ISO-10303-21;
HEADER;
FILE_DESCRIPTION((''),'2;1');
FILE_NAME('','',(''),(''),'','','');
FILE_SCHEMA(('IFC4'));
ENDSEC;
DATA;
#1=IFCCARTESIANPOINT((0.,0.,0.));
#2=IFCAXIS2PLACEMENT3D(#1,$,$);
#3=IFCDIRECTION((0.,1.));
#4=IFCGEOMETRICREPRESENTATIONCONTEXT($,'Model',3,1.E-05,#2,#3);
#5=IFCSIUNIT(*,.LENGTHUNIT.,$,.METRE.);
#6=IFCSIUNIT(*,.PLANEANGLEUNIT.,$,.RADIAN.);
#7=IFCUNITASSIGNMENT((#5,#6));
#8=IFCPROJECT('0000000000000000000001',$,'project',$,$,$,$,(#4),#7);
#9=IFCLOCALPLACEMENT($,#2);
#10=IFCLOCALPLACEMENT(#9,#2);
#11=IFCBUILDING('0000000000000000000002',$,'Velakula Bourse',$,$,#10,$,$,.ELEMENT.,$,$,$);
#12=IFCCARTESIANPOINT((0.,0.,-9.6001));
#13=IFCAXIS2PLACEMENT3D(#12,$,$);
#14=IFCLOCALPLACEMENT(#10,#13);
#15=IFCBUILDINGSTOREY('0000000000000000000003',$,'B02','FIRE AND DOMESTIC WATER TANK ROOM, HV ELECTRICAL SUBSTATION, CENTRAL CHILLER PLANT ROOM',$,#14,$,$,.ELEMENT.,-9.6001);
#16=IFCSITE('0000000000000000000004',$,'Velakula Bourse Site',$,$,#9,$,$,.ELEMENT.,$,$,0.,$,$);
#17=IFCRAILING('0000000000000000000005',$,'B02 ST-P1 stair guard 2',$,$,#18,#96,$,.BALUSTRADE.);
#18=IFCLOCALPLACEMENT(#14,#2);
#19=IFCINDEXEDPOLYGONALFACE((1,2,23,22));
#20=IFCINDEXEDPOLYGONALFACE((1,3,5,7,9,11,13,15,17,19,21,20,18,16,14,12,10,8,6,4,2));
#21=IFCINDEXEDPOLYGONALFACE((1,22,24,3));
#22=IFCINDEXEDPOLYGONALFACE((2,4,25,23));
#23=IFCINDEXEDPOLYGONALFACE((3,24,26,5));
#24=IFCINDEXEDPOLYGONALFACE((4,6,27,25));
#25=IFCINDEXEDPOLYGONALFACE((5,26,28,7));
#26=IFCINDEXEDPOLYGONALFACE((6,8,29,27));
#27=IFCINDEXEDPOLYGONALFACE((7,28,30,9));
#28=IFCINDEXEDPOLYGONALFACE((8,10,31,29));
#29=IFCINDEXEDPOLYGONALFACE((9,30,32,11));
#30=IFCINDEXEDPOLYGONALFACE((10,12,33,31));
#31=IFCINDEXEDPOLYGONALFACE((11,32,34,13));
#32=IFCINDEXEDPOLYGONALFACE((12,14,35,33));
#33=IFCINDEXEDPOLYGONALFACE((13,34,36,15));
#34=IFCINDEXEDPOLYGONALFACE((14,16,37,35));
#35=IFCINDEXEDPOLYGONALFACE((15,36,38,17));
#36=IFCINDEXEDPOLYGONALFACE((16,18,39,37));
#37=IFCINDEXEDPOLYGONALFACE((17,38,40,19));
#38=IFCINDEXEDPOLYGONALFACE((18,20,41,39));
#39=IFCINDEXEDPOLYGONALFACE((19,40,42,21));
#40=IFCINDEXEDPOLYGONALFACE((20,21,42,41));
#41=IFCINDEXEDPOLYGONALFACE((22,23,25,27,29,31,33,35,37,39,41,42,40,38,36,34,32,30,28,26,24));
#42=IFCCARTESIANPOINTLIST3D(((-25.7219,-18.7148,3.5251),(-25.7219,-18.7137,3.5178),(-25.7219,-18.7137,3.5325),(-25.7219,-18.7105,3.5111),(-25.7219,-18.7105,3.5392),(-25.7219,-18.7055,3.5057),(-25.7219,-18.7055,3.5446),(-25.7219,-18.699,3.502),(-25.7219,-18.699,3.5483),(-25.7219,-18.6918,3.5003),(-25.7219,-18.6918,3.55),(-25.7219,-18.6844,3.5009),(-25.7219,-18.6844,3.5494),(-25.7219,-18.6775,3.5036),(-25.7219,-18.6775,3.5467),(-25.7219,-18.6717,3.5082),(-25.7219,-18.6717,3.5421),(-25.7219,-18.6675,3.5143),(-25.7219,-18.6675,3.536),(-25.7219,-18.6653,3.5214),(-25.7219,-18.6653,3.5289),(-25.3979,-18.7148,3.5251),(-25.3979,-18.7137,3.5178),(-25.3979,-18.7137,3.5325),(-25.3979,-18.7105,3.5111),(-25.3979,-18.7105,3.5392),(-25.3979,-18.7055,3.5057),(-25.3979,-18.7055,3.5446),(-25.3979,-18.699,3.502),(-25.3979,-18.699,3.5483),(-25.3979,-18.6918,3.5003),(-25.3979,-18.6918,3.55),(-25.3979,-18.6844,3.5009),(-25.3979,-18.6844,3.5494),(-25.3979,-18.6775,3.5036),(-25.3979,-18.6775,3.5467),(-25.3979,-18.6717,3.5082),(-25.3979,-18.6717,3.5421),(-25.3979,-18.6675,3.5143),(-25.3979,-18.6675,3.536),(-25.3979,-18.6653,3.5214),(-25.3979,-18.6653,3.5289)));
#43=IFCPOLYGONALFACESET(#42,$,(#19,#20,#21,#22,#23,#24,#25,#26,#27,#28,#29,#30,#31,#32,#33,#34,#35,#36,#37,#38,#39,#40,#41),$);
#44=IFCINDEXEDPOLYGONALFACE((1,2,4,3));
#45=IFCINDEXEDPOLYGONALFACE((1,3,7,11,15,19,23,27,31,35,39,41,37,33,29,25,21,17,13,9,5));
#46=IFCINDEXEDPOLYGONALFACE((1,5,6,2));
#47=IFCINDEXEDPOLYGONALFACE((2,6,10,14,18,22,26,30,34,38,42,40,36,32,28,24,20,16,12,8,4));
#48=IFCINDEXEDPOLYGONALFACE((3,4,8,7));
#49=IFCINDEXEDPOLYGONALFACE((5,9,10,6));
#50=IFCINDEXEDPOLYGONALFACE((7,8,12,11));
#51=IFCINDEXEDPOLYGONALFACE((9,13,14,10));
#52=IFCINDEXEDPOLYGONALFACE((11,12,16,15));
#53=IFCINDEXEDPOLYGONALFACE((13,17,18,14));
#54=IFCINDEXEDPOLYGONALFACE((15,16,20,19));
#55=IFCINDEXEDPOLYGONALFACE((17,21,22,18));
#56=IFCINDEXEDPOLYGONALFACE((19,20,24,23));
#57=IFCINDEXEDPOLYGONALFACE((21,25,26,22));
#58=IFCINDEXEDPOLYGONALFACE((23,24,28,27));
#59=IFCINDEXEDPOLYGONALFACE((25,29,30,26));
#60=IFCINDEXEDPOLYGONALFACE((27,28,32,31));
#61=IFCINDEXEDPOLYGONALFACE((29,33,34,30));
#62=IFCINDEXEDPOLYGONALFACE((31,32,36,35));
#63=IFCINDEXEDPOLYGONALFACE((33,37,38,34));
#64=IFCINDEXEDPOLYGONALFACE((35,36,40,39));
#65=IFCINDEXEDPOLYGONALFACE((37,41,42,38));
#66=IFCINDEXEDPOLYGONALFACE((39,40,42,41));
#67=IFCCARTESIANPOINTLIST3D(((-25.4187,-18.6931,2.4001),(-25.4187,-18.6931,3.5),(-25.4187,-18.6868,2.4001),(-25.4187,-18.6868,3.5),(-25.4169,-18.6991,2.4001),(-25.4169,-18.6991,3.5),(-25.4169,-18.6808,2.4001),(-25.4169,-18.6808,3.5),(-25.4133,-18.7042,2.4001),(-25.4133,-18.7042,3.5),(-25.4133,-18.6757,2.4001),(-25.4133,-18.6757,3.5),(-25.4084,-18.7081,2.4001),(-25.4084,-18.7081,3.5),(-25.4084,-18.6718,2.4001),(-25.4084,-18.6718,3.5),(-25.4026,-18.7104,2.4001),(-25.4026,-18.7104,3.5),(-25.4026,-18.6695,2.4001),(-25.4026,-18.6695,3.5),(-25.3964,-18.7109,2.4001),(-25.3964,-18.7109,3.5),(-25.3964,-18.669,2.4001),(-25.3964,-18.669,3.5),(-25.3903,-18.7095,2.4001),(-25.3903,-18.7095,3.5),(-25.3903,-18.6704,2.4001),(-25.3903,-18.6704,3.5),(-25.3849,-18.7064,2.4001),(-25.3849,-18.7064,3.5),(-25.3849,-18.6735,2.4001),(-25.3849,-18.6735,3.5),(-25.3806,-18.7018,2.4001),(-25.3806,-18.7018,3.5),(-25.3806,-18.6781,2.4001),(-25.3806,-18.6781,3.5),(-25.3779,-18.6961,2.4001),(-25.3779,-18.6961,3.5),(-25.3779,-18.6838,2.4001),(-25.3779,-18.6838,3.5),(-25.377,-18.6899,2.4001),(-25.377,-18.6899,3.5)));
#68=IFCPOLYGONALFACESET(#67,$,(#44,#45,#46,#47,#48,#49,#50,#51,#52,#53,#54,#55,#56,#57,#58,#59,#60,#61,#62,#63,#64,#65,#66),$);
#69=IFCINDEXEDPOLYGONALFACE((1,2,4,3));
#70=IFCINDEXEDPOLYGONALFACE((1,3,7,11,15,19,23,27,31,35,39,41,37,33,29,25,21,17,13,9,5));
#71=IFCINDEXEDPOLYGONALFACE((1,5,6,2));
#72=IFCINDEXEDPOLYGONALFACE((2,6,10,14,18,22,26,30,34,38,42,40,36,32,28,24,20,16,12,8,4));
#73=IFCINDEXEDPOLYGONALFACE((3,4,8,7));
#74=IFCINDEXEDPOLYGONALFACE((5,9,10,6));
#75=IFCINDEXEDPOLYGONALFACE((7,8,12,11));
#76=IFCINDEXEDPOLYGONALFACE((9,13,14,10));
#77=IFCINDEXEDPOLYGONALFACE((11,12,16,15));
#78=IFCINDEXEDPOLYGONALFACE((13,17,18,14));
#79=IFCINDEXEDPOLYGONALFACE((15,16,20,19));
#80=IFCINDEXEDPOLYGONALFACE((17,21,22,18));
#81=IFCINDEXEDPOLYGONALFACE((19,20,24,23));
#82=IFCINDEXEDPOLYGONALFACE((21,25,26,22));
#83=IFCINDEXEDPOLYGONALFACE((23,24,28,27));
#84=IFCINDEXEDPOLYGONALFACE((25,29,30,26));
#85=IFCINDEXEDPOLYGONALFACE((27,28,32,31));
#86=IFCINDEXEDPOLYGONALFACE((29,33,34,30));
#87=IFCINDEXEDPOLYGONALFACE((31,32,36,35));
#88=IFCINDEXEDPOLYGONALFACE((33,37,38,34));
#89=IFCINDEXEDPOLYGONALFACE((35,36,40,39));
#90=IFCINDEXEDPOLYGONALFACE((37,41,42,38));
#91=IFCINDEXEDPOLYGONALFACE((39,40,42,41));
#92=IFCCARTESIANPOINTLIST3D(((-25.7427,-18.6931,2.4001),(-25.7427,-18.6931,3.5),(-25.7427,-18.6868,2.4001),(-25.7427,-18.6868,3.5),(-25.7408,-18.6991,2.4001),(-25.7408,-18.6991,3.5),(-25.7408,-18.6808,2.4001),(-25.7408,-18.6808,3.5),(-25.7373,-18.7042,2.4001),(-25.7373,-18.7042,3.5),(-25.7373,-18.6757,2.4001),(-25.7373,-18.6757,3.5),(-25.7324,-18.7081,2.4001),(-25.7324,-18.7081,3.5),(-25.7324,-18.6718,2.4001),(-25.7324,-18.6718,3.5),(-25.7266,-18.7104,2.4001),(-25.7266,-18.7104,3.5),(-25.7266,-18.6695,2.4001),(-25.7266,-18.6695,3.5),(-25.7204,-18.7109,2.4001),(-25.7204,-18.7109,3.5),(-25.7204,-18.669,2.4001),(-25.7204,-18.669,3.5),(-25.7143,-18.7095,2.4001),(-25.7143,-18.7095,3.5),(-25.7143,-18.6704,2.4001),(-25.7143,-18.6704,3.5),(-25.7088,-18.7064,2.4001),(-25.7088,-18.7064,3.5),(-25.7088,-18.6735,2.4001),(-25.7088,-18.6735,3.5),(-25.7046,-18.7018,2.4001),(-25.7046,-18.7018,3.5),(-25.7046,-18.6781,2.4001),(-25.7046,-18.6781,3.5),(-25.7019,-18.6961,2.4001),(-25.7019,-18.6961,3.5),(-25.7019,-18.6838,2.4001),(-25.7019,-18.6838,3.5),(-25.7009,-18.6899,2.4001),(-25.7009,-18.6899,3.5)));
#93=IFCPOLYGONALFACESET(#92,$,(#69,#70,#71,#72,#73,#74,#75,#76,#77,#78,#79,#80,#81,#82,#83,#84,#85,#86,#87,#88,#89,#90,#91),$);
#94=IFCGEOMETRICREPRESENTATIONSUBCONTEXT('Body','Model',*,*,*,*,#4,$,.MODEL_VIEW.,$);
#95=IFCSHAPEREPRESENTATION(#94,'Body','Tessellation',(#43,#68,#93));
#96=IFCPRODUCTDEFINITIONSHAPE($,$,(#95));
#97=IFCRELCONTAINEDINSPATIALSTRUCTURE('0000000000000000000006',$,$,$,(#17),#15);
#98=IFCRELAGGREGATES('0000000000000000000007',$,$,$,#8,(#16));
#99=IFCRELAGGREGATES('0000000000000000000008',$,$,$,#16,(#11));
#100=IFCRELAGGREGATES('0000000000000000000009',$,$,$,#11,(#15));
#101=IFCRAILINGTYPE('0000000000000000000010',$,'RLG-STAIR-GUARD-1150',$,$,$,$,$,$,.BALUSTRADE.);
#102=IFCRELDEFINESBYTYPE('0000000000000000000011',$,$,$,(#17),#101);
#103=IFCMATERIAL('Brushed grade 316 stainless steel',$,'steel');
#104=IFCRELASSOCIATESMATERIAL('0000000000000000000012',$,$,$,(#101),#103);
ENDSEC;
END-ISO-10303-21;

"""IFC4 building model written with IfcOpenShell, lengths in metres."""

from ifc_helpers import new_model, si_unit, direction, frame, origin, origin_2d, place, context, subcontext, project, spatial, circle, extrude, material, type_object, element, save


model = new_model("IFC4")

# Units and contexts
model_context = context("Model", 3, precision=1e-05, world=origin(), true_north=direction((0.0, 1.0)))
body_context = subcontext(model_context, "Body", "Model", "MODEL_VIEW")
ifc_project = project(units=[si_unit("LENGTHUNIT", "METRE"), si_unit("PLANEANGLEUNIT", "RADIAN")], contexts=[model_context])

# Site, building, storey
site_placement = place(None, origin())
site = spatial("IfcSite", under=ifc_project, at=site_placement, Name="Velakula Bourse Site", CompositionType="ELEMENT", RefElevation=0.0)
building_placement = place(site_placement, origin())
building = spatial("IfcBuilding", under=site, at=building_placement, Name="Velakula Bourse", CompositionType="ELEMENT")
storey_placement = place(building_placement, frame((0.0, 0.0, -9.6001)))
storey = spatial("IfcBuildingStorey", under=building, at=storey_placement, Name="B02", Description="FIRE AND DOMESTIC WATER TANK ROOM, HV ELECTRICAL SUBSTATION, CENTRAL CHILLER PLANT ROOM", CompositionType="ELEMENT", Elevation=-9.6001)

# Railing
ifc_material_1 = material(Name="Brushed grade 316 stainless steel", Category="steel")
railing_type_1 = type_object("IfcRailingType", Name="RLG-STAIR-GUARD-1150", PredefinedType="BALUSTRADE", material=ifc_material_1)
railing_1_placement = place(storey_placement, frame((-25.3979, -18.6899, 2.4001)))
element("IfcRailing", 1, at=railing_1_placement, inside=storey, type_object=railing_type_1, Name="B02 ST-P1 stair guard 2", PredefinedType="BALUSTRADE", context=body_context, shape_type="SweptSolid", body=[
    extrude(circle(Radius=0.0249, at=origin_2d()), frame((0.0, 0.0, 1.125), z_axis=(-1.0, 0.0, 0.0), x_axis=(0.0, -1.0, 0.0)), (0.0, 0.0, 1.0), 0.324),
    extrude(circle(Radius=0.021, at=origin_2d()), origin(), (0.0, 0.0, 1.0), 1.0999),
    extrude(circle(Radius=0.021, at=origin_2d()), frame((-0.324, 0.0, 0.0)), (0.0, 0.0, 1.0), 1.0999),
])

save(model, "model.ifc")
